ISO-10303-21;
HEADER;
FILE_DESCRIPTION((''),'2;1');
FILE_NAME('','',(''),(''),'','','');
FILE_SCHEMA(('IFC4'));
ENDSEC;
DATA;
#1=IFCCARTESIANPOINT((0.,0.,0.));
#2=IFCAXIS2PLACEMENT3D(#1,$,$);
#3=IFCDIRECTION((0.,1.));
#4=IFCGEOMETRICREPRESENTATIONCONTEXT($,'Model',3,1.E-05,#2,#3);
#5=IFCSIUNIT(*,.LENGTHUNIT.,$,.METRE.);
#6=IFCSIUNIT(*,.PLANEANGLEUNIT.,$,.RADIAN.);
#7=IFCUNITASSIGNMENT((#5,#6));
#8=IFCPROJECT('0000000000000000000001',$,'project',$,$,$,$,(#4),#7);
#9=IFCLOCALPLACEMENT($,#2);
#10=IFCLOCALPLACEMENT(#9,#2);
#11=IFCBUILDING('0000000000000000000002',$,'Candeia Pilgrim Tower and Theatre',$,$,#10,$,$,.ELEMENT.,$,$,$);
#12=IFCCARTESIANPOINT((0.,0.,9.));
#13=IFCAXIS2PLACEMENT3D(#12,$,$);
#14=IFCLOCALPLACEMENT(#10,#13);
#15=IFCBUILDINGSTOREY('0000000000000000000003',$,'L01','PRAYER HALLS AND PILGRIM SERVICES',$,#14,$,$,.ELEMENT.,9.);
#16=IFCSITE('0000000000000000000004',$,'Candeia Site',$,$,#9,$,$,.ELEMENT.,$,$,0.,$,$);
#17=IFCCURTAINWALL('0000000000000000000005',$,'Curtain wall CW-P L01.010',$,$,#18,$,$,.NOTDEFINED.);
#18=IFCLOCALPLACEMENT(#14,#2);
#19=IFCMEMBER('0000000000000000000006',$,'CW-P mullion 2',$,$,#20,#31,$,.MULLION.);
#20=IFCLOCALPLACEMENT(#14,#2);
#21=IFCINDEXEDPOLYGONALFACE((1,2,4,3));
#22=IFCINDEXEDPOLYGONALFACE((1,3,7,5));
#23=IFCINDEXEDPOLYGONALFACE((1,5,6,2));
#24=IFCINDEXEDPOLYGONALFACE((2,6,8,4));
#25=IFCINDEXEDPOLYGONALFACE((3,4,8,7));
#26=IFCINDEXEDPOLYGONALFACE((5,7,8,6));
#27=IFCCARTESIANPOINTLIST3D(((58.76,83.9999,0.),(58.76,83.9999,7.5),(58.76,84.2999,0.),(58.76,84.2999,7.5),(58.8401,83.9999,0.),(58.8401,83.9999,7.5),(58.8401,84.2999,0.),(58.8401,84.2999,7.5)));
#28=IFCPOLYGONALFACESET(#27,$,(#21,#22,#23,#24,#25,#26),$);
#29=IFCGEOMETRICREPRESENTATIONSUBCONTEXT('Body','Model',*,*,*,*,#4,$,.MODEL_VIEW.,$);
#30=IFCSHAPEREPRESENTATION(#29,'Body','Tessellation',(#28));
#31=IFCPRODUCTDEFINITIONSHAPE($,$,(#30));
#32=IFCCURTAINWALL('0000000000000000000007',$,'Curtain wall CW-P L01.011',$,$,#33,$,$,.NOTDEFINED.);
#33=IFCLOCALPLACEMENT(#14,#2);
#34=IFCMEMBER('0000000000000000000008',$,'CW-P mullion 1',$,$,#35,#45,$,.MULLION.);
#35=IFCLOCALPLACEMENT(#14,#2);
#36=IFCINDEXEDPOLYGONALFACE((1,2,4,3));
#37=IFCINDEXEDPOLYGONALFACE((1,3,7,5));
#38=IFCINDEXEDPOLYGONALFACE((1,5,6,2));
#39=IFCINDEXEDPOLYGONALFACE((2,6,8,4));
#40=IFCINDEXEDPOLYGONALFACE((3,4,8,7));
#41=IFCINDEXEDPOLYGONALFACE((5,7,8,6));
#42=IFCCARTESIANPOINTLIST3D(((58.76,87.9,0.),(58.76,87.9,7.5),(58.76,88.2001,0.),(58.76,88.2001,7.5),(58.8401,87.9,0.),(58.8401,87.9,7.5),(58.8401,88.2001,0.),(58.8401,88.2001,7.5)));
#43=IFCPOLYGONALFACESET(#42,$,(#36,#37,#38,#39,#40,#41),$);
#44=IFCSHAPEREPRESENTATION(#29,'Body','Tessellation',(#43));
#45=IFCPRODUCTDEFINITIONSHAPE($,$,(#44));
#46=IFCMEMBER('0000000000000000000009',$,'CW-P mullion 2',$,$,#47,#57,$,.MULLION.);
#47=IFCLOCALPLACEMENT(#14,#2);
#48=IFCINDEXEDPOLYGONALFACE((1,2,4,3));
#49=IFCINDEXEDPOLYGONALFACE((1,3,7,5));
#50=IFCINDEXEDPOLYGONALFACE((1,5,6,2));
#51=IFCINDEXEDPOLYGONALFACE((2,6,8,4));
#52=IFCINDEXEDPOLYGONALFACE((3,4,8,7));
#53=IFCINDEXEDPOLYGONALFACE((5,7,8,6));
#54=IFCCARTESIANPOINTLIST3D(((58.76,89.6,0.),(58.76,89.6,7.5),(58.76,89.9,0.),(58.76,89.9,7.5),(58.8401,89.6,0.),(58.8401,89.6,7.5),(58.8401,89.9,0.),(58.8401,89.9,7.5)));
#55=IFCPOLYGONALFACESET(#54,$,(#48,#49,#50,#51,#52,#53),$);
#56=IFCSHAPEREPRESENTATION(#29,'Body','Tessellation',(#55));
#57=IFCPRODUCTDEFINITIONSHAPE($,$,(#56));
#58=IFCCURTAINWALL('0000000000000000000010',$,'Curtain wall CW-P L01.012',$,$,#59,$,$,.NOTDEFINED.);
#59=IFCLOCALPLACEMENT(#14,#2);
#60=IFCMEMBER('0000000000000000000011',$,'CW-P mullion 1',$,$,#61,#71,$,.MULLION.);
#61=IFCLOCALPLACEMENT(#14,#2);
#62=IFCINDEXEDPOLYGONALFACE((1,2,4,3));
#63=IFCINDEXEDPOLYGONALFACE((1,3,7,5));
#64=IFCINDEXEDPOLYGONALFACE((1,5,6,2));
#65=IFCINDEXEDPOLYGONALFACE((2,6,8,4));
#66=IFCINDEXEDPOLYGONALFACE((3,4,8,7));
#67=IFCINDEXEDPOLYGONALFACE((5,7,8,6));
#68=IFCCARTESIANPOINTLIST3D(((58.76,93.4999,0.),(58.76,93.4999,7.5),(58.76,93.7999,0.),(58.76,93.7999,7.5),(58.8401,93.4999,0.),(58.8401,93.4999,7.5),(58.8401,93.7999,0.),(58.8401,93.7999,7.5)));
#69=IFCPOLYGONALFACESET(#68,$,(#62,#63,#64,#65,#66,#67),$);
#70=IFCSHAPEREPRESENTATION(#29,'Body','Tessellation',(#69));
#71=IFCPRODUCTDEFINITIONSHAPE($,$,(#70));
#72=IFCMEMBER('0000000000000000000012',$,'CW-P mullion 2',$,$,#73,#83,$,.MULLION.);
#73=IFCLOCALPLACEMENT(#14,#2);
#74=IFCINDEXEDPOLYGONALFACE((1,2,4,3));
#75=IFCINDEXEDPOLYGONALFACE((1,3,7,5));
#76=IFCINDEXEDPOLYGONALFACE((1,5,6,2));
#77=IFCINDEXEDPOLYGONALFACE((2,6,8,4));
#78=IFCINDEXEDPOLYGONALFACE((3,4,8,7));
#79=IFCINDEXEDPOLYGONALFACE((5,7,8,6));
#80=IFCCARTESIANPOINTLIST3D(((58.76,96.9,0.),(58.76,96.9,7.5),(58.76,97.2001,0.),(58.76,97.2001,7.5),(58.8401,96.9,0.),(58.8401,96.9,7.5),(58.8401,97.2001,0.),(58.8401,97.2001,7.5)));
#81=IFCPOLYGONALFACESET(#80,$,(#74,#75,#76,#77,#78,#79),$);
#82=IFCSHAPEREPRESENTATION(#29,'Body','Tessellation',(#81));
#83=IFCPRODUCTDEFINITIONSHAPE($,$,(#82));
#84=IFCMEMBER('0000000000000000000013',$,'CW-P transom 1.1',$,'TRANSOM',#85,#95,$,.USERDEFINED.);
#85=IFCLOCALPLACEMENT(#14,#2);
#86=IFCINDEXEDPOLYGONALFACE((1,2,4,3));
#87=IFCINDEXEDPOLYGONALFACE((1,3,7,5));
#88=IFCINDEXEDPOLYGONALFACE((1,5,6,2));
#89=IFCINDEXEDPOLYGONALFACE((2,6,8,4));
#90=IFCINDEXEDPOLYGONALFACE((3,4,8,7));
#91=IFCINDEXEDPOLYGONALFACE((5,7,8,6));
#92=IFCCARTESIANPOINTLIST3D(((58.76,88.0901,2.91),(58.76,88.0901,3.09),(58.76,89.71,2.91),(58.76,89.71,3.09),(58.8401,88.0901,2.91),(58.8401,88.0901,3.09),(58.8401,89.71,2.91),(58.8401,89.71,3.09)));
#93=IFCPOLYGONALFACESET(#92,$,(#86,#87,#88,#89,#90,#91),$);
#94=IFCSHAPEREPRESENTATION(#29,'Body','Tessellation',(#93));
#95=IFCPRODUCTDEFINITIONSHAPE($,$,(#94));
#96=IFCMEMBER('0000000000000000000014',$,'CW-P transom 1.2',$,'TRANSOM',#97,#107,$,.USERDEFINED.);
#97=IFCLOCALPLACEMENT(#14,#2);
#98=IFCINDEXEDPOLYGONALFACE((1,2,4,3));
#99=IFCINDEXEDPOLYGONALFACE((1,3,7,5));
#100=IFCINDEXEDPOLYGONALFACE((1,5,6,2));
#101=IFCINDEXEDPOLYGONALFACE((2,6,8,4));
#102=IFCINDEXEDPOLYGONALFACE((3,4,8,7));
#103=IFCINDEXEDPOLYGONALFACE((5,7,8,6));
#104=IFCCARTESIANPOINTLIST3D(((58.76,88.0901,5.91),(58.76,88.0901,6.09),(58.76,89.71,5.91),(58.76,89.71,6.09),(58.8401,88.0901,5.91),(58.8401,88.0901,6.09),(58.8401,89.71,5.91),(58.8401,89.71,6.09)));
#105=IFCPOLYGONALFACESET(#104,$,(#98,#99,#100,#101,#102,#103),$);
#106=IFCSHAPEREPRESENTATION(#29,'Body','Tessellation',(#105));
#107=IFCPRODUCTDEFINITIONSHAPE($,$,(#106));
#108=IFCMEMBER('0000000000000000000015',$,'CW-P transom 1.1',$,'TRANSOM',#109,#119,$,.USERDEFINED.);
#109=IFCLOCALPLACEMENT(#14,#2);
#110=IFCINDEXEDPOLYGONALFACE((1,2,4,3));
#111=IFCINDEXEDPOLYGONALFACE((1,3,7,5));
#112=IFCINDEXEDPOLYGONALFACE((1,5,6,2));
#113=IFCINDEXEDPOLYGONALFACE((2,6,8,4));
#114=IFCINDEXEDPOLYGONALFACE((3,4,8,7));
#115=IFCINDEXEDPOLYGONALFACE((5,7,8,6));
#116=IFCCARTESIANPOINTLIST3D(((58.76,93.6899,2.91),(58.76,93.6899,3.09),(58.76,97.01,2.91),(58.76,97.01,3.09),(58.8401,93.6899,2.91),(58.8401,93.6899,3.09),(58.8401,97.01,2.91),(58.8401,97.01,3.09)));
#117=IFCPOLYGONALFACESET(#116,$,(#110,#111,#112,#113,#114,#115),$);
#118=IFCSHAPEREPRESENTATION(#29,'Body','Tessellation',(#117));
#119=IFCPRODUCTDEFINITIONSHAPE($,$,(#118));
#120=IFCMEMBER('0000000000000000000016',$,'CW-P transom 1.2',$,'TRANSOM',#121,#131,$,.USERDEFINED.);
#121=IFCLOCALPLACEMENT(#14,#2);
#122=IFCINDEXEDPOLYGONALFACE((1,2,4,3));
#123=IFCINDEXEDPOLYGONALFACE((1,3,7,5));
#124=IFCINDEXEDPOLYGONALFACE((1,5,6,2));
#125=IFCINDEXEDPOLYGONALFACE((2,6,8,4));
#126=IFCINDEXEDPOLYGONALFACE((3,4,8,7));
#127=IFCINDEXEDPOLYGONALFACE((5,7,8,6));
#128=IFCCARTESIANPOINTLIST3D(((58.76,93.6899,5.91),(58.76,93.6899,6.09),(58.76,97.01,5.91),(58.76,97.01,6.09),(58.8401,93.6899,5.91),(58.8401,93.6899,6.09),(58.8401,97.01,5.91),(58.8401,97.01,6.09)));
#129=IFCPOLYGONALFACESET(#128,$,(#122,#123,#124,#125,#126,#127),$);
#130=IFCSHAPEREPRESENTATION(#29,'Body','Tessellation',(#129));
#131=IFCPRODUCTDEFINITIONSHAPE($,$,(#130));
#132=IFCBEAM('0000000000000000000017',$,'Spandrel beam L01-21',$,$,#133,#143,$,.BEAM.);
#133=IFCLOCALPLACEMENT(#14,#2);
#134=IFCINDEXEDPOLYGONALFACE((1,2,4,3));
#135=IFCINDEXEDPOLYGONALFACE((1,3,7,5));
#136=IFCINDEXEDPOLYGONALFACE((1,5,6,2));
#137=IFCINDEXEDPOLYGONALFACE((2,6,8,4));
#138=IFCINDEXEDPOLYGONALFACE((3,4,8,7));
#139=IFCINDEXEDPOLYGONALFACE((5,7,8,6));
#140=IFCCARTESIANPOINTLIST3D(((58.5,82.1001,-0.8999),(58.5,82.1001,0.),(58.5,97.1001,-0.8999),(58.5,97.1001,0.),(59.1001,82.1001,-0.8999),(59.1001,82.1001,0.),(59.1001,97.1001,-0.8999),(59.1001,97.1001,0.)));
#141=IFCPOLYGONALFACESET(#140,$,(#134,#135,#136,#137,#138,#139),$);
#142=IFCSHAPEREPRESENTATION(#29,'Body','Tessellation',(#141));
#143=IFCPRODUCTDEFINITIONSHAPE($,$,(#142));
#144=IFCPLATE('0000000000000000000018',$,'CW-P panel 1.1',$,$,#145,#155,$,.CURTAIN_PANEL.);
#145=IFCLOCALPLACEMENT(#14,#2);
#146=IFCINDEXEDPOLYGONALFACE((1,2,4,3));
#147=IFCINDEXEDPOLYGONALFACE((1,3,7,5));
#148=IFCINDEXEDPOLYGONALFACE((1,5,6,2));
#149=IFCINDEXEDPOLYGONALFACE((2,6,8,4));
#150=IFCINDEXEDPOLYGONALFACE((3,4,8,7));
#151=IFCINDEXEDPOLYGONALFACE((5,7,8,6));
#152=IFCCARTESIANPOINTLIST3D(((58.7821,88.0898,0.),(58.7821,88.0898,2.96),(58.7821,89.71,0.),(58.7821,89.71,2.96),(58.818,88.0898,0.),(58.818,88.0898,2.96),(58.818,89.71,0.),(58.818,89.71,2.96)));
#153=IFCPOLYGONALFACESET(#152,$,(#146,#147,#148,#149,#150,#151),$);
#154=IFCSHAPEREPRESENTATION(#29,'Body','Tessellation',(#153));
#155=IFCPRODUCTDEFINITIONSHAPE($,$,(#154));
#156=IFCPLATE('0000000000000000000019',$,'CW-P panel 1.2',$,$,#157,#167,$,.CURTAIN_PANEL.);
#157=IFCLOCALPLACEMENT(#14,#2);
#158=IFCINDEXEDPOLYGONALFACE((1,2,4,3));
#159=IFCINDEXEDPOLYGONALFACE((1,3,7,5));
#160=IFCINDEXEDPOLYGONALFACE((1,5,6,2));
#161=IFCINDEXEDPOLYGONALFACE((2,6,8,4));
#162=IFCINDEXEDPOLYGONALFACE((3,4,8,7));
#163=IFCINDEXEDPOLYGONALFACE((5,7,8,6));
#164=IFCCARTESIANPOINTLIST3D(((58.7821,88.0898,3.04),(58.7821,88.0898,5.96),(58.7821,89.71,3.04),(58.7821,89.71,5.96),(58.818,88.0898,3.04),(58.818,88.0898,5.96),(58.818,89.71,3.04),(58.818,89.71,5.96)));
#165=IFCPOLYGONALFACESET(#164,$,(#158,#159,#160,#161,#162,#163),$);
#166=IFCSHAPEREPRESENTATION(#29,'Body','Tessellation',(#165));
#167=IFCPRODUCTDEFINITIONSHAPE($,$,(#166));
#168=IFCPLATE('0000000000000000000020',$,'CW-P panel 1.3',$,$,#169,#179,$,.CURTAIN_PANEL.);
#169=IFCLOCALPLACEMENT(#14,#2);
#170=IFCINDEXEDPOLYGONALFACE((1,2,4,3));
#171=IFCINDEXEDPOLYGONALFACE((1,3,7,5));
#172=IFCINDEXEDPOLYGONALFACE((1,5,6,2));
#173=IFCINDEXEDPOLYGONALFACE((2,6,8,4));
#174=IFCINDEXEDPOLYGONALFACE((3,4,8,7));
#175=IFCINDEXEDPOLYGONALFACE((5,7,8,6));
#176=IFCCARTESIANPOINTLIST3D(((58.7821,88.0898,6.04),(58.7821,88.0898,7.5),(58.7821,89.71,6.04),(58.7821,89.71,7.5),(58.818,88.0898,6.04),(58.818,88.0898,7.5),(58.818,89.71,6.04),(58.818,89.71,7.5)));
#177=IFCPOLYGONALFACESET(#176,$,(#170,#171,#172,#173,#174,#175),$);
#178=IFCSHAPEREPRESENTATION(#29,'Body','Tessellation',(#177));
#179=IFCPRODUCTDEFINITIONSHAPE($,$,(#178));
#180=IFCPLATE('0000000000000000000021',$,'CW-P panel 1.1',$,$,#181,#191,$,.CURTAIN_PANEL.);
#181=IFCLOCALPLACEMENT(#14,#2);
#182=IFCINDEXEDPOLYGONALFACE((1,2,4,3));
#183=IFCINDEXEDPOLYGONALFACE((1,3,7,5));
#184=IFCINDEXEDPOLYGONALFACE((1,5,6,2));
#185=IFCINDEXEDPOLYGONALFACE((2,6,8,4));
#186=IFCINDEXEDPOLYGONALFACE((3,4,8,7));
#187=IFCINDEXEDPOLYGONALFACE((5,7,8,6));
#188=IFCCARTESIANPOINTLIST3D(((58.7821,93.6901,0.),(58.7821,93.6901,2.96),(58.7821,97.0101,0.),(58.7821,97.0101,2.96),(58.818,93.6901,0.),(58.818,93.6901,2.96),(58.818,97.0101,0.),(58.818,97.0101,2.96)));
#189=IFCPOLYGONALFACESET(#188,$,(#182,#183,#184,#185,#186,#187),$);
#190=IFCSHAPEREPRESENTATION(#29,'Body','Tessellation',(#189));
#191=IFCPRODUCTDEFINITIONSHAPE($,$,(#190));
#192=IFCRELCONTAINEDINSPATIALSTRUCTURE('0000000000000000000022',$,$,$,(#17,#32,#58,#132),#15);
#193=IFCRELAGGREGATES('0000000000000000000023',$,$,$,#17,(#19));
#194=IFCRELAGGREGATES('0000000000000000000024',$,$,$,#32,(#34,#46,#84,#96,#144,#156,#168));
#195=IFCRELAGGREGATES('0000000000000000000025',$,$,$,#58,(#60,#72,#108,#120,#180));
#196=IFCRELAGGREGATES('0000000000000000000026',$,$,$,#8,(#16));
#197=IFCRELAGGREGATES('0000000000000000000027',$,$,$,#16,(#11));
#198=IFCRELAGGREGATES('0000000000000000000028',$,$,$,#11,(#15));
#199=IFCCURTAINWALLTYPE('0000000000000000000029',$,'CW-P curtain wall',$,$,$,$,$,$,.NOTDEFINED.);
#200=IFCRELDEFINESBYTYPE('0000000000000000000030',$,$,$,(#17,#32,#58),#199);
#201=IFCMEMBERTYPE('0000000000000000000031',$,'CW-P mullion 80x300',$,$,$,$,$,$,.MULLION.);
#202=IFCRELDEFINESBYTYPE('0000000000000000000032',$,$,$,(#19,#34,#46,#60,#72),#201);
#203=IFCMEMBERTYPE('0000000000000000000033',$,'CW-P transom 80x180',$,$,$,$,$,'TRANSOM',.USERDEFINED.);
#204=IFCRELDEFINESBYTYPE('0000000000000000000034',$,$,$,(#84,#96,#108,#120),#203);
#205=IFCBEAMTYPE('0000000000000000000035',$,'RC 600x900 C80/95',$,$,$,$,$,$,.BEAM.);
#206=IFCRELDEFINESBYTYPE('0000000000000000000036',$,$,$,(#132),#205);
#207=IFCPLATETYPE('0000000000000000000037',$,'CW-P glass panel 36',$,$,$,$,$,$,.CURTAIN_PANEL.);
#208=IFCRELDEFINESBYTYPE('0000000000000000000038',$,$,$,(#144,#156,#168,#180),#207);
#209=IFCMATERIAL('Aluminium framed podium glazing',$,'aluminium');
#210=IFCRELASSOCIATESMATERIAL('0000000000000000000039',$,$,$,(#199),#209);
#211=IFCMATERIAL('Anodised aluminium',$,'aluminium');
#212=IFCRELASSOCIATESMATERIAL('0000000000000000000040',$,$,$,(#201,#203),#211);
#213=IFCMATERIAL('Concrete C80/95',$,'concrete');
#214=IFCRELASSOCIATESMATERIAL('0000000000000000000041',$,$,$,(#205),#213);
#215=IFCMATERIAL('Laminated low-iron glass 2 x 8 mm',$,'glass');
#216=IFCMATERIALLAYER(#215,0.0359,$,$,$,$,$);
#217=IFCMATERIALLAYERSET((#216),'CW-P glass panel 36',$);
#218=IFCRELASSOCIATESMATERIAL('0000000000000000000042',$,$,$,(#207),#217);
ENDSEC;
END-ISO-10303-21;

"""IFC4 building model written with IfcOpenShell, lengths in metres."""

from ifc_helpers import new_model, si_unit, direction, frame, origin, origin_2d, place, context, subcontext, project, spatial, rectangle, extrude, material, layer, layer_set, material_profile, profile_set, type_object, element, aggregate, save


model = new_model("IFC4")

# Units and contexts
model_context = context("Model", 3, precision=1e-05, world=origin(), true_north=direction((0.0, 1.0)))
body_context = subcontext(model_context, "Body", "Model", "MODEL_VIEW")
ifc_project = project(units=[si_unit("LENGTHUNIT", "METRE"), si_unit("PLANEANGLEUNIT", "RADIAN")], contexts=[model_context])

# Site, building, storey
site_placement = place(None, origin())
site = spatial("IfcSite", under=ifc_project, at=site_placement, Name="Candeia Site", CompositionType="ELEMENT", RefElevation=0.0)
building_placement = place(site_placement, origin())
building = spatial("IfcBuilding", under=site, at=building_placement, Name="Candeia Pilgrim Tower and Theatre", CompositionType="ELEMENT")
storey_placement = place(building_placement, frame((0.0, 0.0, 9.0)))
storey = spatial("IfcBuildingStorey", under=building, at=storey_placement, Name="L01", Description="PRAYER HALLS AND PILGRIM SERVICES", CompositionType="ELEMENT", Elevation=9.0)

# Curtain wall, member
ifc_material_1 = material(Name="Aluminium framed podium glazing", Category="aluminium")
curtain_wall_type = type_object("IfcCurtainWallType", Name="CW-P curtain wall", PredefinedType="NOTDEFINED", material=ifc_material_1)
curtain_wall_1_placement = place(storey_placement, origin())
curtain_wall_1 = element("IfcCurtainWall", 1, at=curtain_wall_1_placement, inside=storey, type_object=curtain_wall_type, Name="Curtain wall CW-P L01.010", PredefinedType="NOTDEFINED")
ifc_material_2 = material(Name="Anodised aluminium", Category="aluminium")
ifc_material_profile_1 = material_profile(ifc_material_2, rectangle(XDim=0.0801, YDim=0.3, at=origin_2d()))
ifc_profile_set_1 = profile_set([ifc_material_profile_1], Name="Anodised aluminium")
member_type_1 = type_object("IfcMemberType", Name="CW-P mullion 80x300", PredefinedType="MULLION", material=ifc_profile_set_1)
member_1_placement = place(storey_placement, frame((58.8, 84.1499, 0.0), z_axis=(0.0, 0.0, 1.0), x_axis=(-1.0, 0.0, 0.0)))
member_1 = element("IfcMember", 2, at=member_1_placement, type_object=member_type_1, Name="CW-P mullion 2", PredefinedType="MULLION", context=body_context, shape_type="SweptSolid", body=[
    extrude(rectangle(XDim=0.0801, YDim=0.3, at=origin_2d()), origin(), (0.0, 0.0, 1.0), 7.5),
])
aggregate(curtain_wall_1, [member_1])

# Curtain walls, members
curtain_wall_2_placement = place(storey_placement, origin())
curtain_wall_2 = element("IfcCurtainWall", 3, at=curtain_wall_2_placement, inside=storey, type_object=curtain_wall_type, Name="Curtain wall CW-P L01.011", PredefinedType="NOTDEFINED")
member_2_placement = place(storey_placement, frame((58.8, 88.05, 0.0), z_axis=(0.0, 0.0, 1.0), x_axis=(-1.0, 0.0, 0.0)))
member_2 = element("IfcMember", 4, at=member_2_placement, type_object=member_type_1, Name="CW-P mullion 1", PredefinedType="MULLION", context=body_context, shape_type="SweptSolid", body=[
    extrude(rectangle(XDim=0.0801, YDim=0.3, at=origin_2d()), origin(), (0.0, 0.0, 1.0), 7.5),
])
member_3_placement = place(storey_placement, frame((58.8, 89.75, 0.0), z_axis=(0.0, 0.0, 1.0), x_axis=(-1.0, 0.0, 0.0)))
member_3 = element("IfcMember", 5, at=member_3_placement, type_object=member_type_1, Name="CW-P mullion 2", PredefinedType="MULLION", context=body_context, shape_type="SweptSolid", body=[
    extrude(rectangle(XDim=0.0801, YDim=0.3, at=origin_2d()), origin(), (0.0, 0.0, 1.0), 7.5),
])
curtain_wall_3_placement = place(storey_placement, origin())
curtain_wall_3 = element("IfcCurtainWall", 6, at=curtain_wall_3_placement, inside=storey, type_object=curtain_wall_type, Name="Curtain wall CW-P L01.012", PredefinedType="NOTDEFINED")
member_4_placement = place(storey_placement, frame((58.8, 93.6499, 0.0), z_axis=(0.0, 0.0, 1.0), x_axis=(-1.0, 0.0, 0.0)))
member_4 = element("IfcMember", 7, at=member_4_placement, type_object=member_type_1, Name="CW-P mullion 1", PredefinedType="MULLION", context=body_context, shape_type="SweptSolid", body=[
    extrude(rectangle(XDim=0.0801, YDim=0.3, at=origin_2d()), origin(), (0.0, 0.0, 1.0), 7.5),
])
member_5_placement = place(storey_placement, frame((58.8, 97.05, 0.0), z_axis=(0.0, 0.0, 1.0), x_axis=(-1.0, 0.0, 0.0)))
member_5 = element("IfcMember", 8, at=member_5_placement, type_object=member_type_1, Name="CW-P mullion 2", PredefinedType="MULLION", context=body_context, shape_type="SweptSolid", body=[
    extrude(rectangle(XDim=0.0801, YDim=0.3, at=origin_2d()), origin(), (0.0, 0.0, 1.0), 7.5),
])

# Members
ifc_material_profile_2 = material_profile(ifc_material_2, rectangle(XDim=0.0801, YDim=0.1799, at=origin_2d()))
ifc_profile_set_2 = profile_set([ifc_material_profile_2], Name="Anodised aluminium")
member_type_2 = type_object("IfcMemberType", Name="CW-P transom 80x180", ElementType="TRANSOM", PredefinedType="USERDEFINED", material=ifc_profile_set_2)
member_6_placement = place(storey_placement, frame((58.8, 88.0901, 3.0), z_axis=(0.0, 1.0, 0.0), x_axis=(-1.0, 0.0, 0.0)))
member_6 = element("IfcMember", 9, at=member_6_placement, type_object=member_type_2, Name="CW-P transom 1.1", ObjectType="TRANSOM", PredefinedType="USERDEFINED", context=body_context, shape_type="SweptSolid", body=[
    extrude(rectangle(XDim=0.0801, YDim=0.1799, at=origin_2d()), origin(), (0.0, 0.0, 1.0), 1.6199),
])
member_7_placement = place(storey_placement, frame((58.8, 88.0901, 6.0), z_axis=(0.0, 1.0, 0.0), x_axis=(-1.0, 0.0, 0.0)))
member_7 = element("IfcMember", 10, at=member_7_placement, type_object=member_type_2, Name="CW-P transom 1.2", ObjectType="TRANSOM", PredefinedType="USERDEFINED", context=body_context, shape_type="SweptSolid", body=[
    extrude(rectangle(XDim=0.0801, YDim=0.1799, at=origin_2d()), origin(), (0.0, 0.0, 1.0), 1.6199),
])
member_8_placement = place(storey_placement, frame((58.8, 93.6899, 3.0), z_axis=(0.0, 1.0, 0.0), x_axis=(-1.0, 0.0, 0.0)))
member_8 = element("IfcMember", 11, at=member_8_placement, type_object=member_type_2, Name="CW-P transom 1.1", ObjectType="TRANSOM", PredefinedType="USERDEFINED", context=body_context, shape_type="SweptSolid", body=[
    extrude(rectangle(XDim=0.0801, YDim=0.1799, at=origin_2d()), origin(), (0.0, 0.0, 1.0), 3.3201),
])
member_9_placement = place(storey_placement, frame((58.8, 93.6899, 6.0), z_axis=(0.0, 1.0, 0.0), x_axis=(-1.0, 0.0, 0.0)))
member_9 = element("IfcMember", 12, at=member_9_placement, type_object=member_type_2, Name="CW-P transom 1.2", ObjectType="TRANSOM", PredefinedType="USERDEFINED", context=body_context, shape_type="SweptSolid", body=[
    extrude(rectangle(XDim=0.0801, YDim=0.1799, at=origin_2d()), origin(), (0.0, 0.0, 1.0), 3.3201),
])

# Beam
ifc_material_3 = material(Name="Concrete C80/95", Category="concrete")
ifc_material_profile_3 = material_profile(ifc_material_3, rectangle(XDim=0.6001, YDim=0.8999, at=origin_2d()))
ifc_profile_set_3 = profile_set([ifc_material_profile_3], Name="Concrete C80/95")
beam_type = type_object("IfcBeamType", Name="RC 600x900 C80/95", PredefinedType="BEAM", material=ifc_profile_set_3)
beam_placement = place(storey_placement, frame((58.8, 97.1001, -0.45), z_axis=(0.0, -1.0, 0.0), x_axis=(1.0, 0.0, 0.0)))
element("IfcBeam", 13, at=beam_placement, inside=storey, type_object=beam_type, Name="Spandrel beam L01-21", PredefinedType="BEAM", context=body_context, shape_type="SweptSolid", body=[
    extrude(rectangle(XDim=0.6001, YDim=0.8999, at=origin_2d()), origin(), (0.0, 0.0, 1.0), 15.0),
])

# Plates
ifc_material_4 = material(Name="Laminated low-iron glass 2 x 8 mm", Category="glass")
ifc_layer_1 = layer(ifc_material_4, 0.0359)
ifc_layer_set_1 = layer_set([ifc_layer_1], Name="CW-P glass panel 36")
plate_type = type_object("IfcPlateType", Name="CW-P glass panel 36", PredefinedType="CURTAIN_PANEL", material=ifc_layer_set_1)
plate_1_placement = place(storey_placement, frame((58.8, 88.8999, 0.0), z_axis=(0.0, 0.0, 1.0), x_axis=(0.0, 1.0, 0.0)))
plate_1 = element("IfcPlate", 14, at=plate_1_placement, type_object=plate_type, Name="CW-P panel 1.1", PredefinedType="CURTAIN_PANEL", context=body_context, shape_type="SweptSolid", body=[
    extrude(rectangle(XDim=1.6201, YDim=0.0359, at=origin_2d()), origin(), (0.0, 0.0, 1.0), 2.96),
])
plate_2_placement = place(storey_placement, frame((58.8, 88.8999, 3.04), z_axis=(0.0, 0.0, 1.0), x_axis=(0.0, 1.0, 0.0)))
plate_2 = element("IfcPlate", 15, at=plate_2_placement, type_object=plate_type, Name="CW-P panel 1.2", PredefinedType="CURTAIN_PANEL", context=body_context, shape_type="SweptSolid", body=[
    extrude(rectangle(XDim=1.6201, YDim=0.0359, at=origin_2d()), origin(), (0.0, 0.0, 1.0), 2.9199),
])
plate_3_placement = place(storey_placement, frame((58.8, 88.8999, 6.04), z_axis=(0.0, 0.0, 1.0), x_axis=(0.0, 1.0, 0.0)))
plate_3 = element("IfcPlate", 16, at=plate_3_placement, type_object=plate_type, Name="CW-P panel 1.3", PredefinedType="CURTAIN_PANEL", context=body_context, shape_type="SweptSolid", body=[
    extrude(rectangle(XDim=1.6201, YDim=0.0359, at=origin_2d()), origin(), (0.0, 0.0, 1.0), 1.46),
])
aggregate(curtain_wall_2, [member_2, member_3, member_6, member_7, plate_1, plate_2, plate_3])
plate_4_placement = place(storey_placement, frame((58.8, 95.3501, 0.0), z_axis=(0.0, 0.0, 1.0), x_axis=(0.0, 1.0, 0.0)))
plate_4 = element("IfcPlate", 17, at=plate_4_placement, type_object=plate_type, Name="CW-P panel 1.1", PredefinedType="CURTAIN_PANEL", context=body_context, shape_type="SweptSolid", body=[
    extrude(rectangle(XDim=3.3201, YDim=0.0359, at=origin_2d()), origin(), (0.0, 0.0, 1.0), 2.96),
])
aggregate(curtain_wall_3, [member_4, member_5, member_8, member_9, plate_4])

save(model, "model.ifc")
